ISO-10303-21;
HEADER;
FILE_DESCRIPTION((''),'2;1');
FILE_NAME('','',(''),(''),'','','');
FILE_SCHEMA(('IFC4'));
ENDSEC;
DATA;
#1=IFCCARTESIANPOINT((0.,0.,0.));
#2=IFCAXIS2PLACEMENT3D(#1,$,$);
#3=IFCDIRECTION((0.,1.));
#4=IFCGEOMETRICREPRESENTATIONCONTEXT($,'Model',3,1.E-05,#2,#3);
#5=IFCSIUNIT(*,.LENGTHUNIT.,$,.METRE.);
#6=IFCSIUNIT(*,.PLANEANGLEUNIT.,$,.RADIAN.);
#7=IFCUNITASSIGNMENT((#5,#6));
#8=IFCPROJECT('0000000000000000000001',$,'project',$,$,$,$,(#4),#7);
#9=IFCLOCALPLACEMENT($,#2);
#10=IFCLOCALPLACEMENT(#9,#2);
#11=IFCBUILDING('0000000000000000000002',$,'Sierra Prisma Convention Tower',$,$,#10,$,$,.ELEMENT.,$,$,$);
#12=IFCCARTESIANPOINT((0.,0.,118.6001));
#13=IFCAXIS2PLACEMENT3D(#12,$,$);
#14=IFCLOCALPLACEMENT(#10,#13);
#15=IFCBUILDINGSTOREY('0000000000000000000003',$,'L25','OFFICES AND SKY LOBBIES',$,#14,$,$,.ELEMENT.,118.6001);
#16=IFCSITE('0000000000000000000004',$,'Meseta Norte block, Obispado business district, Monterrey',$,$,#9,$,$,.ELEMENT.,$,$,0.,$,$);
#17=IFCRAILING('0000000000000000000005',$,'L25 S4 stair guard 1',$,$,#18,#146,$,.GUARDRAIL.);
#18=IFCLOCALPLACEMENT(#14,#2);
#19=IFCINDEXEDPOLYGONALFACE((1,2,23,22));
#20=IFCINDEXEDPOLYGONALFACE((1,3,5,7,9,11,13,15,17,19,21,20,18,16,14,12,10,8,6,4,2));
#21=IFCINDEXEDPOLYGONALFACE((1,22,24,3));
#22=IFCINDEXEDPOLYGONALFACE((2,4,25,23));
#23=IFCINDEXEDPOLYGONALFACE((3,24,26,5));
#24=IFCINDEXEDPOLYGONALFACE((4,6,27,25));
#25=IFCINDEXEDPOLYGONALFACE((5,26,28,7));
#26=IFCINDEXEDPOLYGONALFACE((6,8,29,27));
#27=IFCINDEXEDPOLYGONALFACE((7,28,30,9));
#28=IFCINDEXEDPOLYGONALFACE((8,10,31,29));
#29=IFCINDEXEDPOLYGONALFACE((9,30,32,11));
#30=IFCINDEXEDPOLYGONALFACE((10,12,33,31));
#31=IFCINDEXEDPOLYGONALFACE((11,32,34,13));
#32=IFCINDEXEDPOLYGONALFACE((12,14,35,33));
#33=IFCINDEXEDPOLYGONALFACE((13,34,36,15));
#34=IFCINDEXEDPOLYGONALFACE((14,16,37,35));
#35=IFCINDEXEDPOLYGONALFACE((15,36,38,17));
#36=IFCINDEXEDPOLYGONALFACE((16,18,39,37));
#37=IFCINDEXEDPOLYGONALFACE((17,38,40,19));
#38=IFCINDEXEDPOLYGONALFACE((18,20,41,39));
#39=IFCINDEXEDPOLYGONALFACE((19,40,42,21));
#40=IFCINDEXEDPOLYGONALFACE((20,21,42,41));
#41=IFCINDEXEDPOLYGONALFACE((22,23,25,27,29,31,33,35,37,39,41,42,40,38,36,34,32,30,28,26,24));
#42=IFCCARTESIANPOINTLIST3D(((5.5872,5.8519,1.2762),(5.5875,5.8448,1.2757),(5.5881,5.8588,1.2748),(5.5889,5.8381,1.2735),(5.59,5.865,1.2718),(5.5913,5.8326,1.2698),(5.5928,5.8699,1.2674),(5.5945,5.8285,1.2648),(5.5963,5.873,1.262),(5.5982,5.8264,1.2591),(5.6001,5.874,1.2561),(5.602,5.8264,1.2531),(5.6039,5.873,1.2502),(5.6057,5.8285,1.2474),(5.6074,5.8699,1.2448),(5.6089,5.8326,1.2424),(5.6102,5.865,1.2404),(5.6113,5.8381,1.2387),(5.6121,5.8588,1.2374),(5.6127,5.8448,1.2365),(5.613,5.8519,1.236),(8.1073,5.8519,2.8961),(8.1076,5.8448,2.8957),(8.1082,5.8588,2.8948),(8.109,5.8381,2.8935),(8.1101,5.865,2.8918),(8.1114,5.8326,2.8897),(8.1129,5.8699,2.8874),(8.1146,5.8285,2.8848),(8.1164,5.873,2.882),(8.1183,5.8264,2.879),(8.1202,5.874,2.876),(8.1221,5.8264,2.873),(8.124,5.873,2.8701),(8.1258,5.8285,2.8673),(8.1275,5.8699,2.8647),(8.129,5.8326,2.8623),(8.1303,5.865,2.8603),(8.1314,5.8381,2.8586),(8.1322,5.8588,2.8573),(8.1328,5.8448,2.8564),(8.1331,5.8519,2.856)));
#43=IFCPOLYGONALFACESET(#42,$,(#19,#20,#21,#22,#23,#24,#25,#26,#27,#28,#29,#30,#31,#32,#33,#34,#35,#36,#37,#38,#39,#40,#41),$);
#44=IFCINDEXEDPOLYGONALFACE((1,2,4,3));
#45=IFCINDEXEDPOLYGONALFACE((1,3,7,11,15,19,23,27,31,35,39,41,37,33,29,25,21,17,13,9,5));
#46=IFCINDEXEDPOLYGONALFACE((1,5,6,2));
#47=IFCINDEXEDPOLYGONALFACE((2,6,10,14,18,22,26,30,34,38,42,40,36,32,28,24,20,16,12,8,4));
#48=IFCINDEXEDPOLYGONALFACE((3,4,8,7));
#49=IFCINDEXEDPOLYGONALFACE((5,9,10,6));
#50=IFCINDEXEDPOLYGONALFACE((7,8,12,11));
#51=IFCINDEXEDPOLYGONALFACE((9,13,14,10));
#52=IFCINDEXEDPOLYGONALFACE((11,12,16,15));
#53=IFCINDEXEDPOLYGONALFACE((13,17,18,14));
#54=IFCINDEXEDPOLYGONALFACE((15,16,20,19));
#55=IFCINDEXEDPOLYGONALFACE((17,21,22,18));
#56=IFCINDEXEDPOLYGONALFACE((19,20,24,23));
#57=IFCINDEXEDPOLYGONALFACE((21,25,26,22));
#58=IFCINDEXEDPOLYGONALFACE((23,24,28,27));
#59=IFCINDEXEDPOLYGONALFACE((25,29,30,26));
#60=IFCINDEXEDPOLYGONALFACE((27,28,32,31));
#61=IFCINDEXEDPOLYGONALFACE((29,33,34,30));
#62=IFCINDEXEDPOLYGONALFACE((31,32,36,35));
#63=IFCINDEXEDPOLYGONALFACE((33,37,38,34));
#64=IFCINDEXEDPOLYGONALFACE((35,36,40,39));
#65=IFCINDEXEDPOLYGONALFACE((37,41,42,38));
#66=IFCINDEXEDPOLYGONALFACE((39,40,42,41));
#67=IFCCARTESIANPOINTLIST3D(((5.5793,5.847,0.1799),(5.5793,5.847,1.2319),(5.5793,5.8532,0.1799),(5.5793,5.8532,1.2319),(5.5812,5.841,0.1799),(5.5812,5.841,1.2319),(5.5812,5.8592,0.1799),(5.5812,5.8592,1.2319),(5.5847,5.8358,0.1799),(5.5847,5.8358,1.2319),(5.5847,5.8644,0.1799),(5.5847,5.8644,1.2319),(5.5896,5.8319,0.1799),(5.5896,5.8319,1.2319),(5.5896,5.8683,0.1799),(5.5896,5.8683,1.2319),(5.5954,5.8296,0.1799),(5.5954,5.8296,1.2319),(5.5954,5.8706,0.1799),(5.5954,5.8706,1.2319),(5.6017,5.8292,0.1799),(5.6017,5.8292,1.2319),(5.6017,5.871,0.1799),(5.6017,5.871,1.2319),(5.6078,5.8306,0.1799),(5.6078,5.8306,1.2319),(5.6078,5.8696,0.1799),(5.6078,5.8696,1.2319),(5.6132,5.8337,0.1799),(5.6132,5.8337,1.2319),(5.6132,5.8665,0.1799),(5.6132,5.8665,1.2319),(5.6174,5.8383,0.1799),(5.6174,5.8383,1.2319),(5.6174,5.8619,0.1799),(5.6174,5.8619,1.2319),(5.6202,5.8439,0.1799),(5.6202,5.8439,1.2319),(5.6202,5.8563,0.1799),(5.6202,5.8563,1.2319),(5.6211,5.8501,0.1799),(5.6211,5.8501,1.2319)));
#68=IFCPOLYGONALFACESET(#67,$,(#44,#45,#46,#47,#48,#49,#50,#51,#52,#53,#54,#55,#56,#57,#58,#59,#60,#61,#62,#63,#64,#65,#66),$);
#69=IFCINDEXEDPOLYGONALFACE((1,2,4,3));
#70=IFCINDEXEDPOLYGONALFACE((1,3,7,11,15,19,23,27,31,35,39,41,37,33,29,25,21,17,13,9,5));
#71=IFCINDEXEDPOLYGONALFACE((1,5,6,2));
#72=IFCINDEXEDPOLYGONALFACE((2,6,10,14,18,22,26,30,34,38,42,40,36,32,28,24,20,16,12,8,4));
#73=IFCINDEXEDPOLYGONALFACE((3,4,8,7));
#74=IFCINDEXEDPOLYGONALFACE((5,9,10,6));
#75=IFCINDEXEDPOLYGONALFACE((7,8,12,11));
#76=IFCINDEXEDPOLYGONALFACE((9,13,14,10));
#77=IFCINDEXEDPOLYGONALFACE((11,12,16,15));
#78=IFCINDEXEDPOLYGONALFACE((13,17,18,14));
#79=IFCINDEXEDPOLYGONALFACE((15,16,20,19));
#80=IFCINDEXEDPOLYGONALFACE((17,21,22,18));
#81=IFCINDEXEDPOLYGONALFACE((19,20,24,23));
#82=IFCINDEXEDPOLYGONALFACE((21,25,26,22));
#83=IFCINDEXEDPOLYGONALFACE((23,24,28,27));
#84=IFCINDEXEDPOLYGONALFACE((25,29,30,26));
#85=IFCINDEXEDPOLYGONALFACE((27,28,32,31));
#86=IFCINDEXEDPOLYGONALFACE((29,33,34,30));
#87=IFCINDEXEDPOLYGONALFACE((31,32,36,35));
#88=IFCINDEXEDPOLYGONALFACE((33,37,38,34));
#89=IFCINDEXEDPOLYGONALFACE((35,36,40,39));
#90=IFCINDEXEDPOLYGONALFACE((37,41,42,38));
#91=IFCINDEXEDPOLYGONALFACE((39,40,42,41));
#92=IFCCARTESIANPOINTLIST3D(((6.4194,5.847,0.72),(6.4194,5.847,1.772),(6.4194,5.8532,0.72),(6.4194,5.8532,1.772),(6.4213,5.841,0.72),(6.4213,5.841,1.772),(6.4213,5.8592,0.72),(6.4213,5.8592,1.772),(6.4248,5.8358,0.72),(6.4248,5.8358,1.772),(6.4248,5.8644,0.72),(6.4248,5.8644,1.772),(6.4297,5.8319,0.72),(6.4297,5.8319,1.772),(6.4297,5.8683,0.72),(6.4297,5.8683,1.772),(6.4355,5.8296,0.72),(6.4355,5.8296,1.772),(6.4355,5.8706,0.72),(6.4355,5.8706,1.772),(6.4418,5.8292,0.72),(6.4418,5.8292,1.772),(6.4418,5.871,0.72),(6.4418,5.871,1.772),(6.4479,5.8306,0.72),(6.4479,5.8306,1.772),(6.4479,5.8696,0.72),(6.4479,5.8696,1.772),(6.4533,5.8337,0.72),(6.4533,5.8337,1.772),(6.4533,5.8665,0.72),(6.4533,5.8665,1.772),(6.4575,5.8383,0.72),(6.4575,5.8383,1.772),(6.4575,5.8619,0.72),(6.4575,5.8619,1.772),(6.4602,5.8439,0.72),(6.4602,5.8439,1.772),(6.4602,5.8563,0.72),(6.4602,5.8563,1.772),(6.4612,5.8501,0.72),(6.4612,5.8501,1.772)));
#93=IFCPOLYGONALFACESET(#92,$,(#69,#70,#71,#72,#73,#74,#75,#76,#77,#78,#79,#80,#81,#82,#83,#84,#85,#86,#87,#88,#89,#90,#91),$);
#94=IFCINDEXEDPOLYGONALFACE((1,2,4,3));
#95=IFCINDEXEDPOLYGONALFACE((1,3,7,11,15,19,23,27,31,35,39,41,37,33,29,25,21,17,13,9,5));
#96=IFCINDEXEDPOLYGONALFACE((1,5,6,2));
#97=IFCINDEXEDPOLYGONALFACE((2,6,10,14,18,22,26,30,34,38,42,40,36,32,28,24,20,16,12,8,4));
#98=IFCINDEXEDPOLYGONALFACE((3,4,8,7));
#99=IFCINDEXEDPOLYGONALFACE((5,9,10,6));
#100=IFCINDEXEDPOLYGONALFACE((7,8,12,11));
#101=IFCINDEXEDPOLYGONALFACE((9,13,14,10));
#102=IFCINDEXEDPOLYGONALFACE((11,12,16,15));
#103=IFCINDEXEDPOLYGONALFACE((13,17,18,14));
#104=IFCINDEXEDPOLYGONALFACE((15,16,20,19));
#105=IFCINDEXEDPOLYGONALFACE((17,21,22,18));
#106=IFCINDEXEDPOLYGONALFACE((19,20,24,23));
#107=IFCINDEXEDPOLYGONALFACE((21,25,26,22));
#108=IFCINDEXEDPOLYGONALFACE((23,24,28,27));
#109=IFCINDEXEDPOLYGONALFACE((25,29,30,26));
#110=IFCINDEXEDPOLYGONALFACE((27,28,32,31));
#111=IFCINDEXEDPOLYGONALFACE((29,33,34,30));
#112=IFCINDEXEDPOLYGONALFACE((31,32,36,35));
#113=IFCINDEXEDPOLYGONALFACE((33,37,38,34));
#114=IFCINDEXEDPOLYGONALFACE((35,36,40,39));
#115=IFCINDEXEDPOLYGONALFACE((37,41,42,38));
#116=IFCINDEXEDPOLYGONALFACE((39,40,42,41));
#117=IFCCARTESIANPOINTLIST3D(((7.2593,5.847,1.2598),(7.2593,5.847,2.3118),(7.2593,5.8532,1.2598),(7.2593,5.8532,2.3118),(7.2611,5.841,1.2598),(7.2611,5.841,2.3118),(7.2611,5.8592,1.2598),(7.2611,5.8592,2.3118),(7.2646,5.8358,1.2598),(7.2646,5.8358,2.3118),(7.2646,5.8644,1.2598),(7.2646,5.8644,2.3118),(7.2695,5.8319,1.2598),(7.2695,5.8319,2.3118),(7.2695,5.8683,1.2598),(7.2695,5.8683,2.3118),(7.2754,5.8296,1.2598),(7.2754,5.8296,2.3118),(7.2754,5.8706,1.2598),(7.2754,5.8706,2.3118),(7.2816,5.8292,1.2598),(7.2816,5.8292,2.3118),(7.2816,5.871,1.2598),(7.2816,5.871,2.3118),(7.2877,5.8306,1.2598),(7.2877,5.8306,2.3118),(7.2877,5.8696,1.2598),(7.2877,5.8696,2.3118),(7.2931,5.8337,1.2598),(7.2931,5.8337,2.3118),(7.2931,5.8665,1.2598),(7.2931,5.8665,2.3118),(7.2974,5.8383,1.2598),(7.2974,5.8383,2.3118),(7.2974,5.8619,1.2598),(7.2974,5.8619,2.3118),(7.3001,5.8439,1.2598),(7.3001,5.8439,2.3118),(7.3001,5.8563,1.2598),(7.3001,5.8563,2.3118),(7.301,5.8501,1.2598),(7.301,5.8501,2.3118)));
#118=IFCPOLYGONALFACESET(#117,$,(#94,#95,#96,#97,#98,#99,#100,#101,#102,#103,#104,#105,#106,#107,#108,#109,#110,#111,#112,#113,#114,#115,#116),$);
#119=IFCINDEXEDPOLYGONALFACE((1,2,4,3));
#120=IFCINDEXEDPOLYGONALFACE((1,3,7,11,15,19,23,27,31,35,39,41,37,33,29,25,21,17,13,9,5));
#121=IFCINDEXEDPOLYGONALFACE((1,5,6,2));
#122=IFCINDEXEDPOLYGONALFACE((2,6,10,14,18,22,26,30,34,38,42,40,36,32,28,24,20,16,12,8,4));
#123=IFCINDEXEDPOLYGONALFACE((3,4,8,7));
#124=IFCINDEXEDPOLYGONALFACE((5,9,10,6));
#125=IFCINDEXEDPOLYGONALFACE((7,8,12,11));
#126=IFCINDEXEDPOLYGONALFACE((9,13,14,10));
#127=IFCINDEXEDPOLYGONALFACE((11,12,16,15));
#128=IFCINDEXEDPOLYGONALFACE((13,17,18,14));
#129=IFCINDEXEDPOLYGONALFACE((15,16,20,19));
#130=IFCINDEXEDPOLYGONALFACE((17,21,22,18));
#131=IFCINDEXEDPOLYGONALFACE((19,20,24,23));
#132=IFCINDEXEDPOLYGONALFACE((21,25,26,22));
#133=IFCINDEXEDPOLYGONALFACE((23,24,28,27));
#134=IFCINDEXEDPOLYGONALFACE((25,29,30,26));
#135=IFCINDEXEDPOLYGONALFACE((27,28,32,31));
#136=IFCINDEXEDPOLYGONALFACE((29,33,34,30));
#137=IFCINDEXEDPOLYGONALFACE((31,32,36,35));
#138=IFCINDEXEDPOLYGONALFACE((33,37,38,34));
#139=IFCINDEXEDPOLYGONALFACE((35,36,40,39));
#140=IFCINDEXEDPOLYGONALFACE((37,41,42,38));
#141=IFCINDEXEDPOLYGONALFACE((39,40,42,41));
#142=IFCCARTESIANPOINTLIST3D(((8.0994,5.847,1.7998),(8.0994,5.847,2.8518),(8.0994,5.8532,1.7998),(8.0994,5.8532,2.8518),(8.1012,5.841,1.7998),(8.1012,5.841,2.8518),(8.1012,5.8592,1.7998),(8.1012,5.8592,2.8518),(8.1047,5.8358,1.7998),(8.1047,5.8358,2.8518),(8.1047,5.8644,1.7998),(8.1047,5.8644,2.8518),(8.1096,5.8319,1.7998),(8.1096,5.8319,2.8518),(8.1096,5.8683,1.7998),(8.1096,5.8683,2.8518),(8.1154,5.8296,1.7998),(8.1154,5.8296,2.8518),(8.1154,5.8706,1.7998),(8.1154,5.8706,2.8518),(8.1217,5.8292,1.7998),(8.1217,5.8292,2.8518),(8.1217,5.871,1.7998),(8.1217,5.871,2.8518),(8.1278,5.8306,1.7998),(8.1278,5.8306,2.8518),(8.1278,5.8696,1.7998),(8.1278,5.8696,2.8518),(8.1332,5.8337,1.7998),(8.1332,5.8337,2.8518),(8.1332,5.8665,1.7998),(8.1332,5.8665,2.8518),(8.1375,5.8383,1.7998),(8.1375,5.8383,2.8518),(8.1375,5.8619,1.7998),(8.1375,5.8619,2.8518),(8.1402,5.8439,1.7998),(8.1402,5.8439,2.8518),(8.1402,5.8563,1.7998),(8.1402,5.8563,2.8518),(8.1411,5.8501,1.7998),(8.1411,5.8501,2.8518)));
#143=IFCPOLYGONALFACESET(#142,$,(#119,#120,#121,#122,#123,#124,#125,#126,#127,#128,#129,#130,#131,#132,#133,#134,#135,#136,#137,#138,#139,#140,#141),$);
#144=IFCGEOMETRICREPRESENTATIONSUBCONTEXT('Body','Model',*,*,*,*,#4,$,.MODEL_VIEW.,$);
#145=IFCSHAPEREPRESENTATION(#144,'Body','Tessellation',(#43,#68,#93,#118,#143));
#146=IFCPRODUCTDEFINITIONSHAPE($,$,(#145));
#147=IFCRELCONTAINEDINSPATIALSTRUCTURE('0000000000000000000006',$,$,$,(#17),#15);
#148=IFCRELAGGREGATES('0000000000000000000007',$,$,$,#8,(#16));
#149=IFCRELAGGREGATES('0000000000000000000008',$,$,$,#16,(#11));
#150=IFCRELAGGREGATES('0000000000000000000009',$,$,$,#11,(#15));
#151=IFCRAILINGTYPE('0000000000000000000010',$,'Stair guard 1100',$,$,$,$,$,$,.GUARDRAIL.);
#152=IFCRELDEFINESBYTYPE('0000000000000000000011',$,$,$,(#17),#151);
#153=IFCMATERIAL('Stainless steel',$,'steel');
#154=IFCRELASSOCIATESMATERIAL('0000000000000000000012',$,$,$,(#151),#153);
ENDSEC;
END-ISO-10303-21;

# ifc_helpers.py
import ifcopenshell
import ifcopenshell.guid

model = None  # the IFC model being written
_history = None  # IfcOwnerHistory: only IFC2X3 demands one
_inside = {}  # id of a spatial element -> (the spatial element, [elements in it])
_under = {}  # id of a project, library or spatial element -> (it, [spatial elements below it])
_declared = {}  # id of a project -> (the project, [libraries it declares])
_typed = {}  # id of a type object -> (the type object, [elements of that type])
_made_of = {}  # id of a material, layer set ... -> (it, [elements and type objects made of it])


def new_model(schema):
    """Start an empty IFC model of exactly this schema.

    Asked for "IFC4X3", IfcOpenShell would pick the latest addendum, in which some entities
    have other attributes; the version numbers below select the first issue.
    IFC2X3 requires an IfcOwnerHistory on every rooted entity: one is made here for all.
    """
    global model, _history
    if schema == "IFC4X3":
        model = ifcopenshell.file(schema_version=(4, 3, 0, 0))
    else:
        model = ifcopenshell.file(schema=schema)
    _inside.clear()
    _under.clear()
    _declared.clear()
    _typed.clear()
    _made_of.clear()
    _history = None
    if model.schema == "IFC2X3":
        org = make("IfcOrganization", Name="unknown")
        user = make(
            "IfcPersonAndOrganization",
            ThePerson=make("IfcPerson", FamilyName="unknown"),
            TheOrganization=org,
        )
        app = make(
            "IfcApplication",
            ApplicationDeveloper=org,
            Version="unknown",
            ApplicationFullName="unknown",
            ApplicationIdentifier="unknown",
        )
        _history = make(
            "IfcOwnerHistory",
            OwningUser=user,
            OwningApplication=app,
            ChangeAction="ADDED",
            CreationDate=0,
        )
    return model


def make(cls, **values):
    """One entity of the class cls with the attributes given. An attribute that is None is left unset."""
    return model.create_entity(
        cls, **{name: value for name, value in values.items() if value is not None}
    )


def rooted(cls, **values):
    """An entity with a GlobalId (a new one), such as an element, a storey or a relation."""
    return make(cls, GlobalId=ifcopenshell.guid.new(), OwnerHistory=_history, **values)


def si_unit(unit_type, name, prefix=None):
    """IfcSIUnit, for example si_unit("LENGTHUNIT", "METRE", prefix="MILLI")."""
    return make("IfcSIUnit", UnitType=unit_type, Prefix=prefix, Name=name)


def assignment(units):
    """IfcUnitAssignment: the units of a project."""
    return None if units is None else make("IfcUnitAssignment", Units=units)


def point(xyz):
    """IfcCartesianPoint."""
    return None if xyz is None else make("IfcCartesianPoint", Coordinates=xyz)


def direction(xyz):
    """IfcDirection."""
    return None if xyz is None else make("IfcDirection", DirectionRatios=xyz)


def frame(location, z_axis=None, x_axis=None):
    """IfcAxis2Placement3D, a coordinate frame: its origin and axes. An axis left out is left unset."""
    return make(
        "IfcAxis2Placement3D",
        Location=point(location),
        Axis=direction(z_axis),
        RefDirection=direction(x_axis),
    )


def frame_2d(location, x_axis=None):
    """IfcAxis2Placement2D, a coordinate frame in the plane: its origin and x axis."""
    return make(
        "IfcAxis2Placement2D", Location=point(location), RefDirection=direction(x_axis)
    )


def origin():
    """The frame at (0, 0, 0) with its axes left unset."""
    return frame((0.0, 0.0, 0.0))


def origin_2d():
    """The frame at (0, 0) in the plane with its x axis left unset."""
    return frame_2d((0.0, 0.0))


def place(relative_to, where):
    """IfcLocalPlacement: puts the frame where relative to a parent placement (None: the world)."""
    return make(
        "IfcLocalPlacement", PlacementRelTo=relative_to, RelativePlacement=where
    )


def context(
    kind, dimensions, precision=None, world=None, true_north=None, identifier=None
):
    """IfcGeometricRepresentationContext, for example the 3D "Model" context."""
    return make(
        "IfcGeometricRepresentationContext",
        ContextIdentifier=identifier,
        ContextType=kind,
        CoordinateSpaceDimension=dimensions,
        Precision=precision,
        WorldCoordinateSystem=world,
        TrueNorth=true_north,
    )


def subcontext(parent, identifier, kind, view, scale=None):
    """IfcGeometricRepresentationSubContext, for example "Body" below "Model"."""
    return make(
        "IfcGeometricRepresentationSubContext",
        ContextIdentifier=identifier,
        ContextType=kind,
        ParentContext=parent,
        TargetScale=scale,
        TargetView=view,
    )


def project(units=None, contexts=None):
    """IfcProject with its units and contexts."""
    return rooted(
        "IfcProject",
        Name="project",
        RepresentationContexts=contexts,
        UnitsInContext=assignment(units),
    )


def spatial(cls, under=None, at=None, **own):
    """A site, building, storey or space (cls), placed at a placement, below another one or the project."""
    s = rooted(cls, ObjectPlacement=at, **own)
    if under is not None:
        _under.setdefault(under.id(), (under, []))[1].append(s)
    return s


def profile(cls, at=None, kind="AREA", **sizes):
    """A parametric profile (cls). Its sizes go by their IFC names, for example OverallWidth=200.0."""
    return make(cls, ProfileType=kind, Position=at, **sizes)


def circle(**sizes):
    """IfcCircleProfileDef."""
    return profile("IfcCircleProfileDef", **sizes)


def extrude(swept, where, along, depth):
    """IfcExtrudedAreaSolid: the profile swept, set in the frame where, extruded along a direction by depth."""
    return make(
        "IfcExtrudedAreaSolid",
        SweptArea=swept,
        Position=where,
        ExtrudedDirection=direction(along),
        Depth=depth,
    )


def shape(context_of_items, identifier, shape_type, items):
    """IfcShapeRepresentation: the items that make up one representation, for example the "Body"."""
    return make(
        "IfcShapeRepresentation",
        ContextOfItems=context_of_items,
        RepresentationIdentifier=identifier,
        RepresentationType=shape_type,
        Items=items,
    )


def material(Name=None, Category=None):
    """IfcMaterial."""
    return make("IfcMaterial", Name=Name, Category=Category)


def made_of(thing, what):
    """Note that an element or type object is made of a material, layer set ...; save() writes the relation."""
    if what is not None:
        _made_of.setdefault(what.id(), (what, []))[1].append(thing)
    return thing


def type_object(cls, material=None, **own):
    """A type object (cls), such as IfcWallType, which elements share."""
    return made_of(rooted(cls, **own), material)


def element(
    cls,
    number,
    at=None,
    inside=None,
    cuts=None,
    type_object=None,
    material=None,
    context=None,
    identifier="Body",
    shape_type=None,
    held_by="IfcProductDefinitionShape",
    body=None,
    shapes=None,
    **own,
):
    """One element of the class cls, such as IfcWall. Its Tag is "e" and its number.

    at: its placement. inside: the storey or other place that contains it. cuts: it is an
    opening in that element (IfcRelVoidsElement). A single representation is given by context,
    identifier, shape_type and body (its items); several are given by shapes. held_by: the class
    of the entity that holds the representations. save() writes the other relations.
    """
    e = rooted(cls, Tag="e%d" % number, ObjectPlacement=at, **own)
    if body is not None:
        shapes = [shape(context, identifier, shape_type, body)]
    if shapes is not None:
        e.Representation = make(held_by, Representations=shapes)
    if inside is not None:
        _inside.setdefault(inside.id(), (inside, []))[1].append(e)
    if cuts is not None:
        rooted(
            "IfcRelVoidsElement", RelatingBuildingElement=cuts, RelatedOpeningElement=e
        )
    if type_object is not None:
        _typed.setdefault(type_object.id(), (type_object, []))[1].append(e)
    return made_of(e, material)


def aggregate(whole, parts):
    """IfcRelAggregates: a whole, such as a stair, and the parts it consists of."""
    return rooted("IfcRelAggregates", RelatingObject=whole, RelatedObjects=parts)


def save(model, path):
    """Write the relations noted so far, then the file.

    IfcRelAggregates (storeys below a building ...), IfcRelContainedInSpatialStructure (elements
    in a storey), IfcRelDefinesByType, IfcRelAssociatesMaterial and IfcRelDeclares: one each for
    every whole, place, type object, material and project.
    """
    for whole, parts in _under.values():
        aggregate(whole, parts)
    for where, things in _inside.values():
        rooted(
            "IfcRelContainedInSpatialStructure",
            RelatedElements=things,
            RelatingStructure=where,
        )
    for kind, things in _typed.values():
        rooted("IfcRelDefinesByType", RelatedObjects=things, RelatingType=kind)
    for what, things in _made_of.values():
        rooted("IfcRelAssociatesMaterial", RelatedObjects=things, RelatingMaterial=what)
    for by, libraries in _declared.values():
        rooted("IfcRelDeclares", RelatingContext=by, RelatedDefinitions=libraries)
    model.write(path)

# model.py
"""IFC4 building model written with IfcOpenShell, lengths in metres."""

from ifc_helpers import new_model, si_unit, direction, frame, origin, origin_2d, place, context, subcontext, project, spatial, circle, extrude, material, type_object, element, save


model = new_model("IFC4")

# Units and contexts
model_context = context("Model", 3, precision=1e-05, world=origin(), true_north=direction((0.0, 1.0)))
body_context = subcontext(model_context, "Body", "Model", "MODEL_VIEW")
ifc_project = project(units=[si_unit("LENGTHUNIT", "METRE"), si_unit("PLANEANGLEUNIT", "RADIAN")], contexts=[model_context])

# Site, building, storey
site_placement = place(None, origin())
site = spatial("IfcSite", under=ifc_project, at=site_placement, Name="Meseta Norte block, Obispado business district, Monterrey", CompositionType="ELEMENT", RefElevation=0.0)
building_placement = place(site_placement, origin())
building = spatial("IfcBuilding", under=site, at=building_placement, Name="Sierra Prisma Convention Tower", CompositionType="ELEMENT")
storey_placement = place(building_placement, frame((0.0, 0.0, 118.6001)))
storey = spatial("IfcBuildingStorey", under=building, at=storey_placement, Name="L25", Description="OFFICES AND SKY LOBBIES", CompositionType="ELEMENT", Elevation=118.6001)

# Railing
ifc_material_1 = material(Name="Stainless steel", Category="steel")
railing_type = type_object("IfcRailingType", Name="Stair guard 1100", PredefinedType="GUARDRAIL", material=ifc_material_1)
railing_1_placement = place(storey_placement, frame((5.6001, 5.8501, 0.1799)))
element("IfcRailing", 1, at=railing_1_placement, inside=storey, type_object=railing_type, Name="L25 S4 stair guard 1", PredefinedType="GUARDRAIL", context=body_context, shape_type="SweptSolid", body=[
    extrude(circle(Radius=0.0239, at=origin_2d()), frame((0.0, 0.0, 1.0762), z_axis=(0.8412, 0.0, 0.540725), x_axis=(0.0, 1.0, 0.0)), (0.0, 0.0, 1.0), 2.9958),
    extrude(circle(Radius=0.021, at=origin_2d()), origin(), (0.0, 0.0, 1.0), 1.052),
    extrude(circle(Radius=0.021, at=origin_2d()), frame((0.8401, 0.0, 0.54)), (0.0, 0.0, 1.0), 1.052),
    extrude(circle(Radius=0.021, at=origin_2d()), frame((1.6799, 0.0, 1.0798)), (0.0, 0.0, 1.0), 1.052),
    extrude(circle(Radius=0.021, at=origin_2d()), frame((2.52, 0.0, 1.6199)), (0.0, 0.0, 1.0), 1.052),
])

save(model, "model.ifc")
